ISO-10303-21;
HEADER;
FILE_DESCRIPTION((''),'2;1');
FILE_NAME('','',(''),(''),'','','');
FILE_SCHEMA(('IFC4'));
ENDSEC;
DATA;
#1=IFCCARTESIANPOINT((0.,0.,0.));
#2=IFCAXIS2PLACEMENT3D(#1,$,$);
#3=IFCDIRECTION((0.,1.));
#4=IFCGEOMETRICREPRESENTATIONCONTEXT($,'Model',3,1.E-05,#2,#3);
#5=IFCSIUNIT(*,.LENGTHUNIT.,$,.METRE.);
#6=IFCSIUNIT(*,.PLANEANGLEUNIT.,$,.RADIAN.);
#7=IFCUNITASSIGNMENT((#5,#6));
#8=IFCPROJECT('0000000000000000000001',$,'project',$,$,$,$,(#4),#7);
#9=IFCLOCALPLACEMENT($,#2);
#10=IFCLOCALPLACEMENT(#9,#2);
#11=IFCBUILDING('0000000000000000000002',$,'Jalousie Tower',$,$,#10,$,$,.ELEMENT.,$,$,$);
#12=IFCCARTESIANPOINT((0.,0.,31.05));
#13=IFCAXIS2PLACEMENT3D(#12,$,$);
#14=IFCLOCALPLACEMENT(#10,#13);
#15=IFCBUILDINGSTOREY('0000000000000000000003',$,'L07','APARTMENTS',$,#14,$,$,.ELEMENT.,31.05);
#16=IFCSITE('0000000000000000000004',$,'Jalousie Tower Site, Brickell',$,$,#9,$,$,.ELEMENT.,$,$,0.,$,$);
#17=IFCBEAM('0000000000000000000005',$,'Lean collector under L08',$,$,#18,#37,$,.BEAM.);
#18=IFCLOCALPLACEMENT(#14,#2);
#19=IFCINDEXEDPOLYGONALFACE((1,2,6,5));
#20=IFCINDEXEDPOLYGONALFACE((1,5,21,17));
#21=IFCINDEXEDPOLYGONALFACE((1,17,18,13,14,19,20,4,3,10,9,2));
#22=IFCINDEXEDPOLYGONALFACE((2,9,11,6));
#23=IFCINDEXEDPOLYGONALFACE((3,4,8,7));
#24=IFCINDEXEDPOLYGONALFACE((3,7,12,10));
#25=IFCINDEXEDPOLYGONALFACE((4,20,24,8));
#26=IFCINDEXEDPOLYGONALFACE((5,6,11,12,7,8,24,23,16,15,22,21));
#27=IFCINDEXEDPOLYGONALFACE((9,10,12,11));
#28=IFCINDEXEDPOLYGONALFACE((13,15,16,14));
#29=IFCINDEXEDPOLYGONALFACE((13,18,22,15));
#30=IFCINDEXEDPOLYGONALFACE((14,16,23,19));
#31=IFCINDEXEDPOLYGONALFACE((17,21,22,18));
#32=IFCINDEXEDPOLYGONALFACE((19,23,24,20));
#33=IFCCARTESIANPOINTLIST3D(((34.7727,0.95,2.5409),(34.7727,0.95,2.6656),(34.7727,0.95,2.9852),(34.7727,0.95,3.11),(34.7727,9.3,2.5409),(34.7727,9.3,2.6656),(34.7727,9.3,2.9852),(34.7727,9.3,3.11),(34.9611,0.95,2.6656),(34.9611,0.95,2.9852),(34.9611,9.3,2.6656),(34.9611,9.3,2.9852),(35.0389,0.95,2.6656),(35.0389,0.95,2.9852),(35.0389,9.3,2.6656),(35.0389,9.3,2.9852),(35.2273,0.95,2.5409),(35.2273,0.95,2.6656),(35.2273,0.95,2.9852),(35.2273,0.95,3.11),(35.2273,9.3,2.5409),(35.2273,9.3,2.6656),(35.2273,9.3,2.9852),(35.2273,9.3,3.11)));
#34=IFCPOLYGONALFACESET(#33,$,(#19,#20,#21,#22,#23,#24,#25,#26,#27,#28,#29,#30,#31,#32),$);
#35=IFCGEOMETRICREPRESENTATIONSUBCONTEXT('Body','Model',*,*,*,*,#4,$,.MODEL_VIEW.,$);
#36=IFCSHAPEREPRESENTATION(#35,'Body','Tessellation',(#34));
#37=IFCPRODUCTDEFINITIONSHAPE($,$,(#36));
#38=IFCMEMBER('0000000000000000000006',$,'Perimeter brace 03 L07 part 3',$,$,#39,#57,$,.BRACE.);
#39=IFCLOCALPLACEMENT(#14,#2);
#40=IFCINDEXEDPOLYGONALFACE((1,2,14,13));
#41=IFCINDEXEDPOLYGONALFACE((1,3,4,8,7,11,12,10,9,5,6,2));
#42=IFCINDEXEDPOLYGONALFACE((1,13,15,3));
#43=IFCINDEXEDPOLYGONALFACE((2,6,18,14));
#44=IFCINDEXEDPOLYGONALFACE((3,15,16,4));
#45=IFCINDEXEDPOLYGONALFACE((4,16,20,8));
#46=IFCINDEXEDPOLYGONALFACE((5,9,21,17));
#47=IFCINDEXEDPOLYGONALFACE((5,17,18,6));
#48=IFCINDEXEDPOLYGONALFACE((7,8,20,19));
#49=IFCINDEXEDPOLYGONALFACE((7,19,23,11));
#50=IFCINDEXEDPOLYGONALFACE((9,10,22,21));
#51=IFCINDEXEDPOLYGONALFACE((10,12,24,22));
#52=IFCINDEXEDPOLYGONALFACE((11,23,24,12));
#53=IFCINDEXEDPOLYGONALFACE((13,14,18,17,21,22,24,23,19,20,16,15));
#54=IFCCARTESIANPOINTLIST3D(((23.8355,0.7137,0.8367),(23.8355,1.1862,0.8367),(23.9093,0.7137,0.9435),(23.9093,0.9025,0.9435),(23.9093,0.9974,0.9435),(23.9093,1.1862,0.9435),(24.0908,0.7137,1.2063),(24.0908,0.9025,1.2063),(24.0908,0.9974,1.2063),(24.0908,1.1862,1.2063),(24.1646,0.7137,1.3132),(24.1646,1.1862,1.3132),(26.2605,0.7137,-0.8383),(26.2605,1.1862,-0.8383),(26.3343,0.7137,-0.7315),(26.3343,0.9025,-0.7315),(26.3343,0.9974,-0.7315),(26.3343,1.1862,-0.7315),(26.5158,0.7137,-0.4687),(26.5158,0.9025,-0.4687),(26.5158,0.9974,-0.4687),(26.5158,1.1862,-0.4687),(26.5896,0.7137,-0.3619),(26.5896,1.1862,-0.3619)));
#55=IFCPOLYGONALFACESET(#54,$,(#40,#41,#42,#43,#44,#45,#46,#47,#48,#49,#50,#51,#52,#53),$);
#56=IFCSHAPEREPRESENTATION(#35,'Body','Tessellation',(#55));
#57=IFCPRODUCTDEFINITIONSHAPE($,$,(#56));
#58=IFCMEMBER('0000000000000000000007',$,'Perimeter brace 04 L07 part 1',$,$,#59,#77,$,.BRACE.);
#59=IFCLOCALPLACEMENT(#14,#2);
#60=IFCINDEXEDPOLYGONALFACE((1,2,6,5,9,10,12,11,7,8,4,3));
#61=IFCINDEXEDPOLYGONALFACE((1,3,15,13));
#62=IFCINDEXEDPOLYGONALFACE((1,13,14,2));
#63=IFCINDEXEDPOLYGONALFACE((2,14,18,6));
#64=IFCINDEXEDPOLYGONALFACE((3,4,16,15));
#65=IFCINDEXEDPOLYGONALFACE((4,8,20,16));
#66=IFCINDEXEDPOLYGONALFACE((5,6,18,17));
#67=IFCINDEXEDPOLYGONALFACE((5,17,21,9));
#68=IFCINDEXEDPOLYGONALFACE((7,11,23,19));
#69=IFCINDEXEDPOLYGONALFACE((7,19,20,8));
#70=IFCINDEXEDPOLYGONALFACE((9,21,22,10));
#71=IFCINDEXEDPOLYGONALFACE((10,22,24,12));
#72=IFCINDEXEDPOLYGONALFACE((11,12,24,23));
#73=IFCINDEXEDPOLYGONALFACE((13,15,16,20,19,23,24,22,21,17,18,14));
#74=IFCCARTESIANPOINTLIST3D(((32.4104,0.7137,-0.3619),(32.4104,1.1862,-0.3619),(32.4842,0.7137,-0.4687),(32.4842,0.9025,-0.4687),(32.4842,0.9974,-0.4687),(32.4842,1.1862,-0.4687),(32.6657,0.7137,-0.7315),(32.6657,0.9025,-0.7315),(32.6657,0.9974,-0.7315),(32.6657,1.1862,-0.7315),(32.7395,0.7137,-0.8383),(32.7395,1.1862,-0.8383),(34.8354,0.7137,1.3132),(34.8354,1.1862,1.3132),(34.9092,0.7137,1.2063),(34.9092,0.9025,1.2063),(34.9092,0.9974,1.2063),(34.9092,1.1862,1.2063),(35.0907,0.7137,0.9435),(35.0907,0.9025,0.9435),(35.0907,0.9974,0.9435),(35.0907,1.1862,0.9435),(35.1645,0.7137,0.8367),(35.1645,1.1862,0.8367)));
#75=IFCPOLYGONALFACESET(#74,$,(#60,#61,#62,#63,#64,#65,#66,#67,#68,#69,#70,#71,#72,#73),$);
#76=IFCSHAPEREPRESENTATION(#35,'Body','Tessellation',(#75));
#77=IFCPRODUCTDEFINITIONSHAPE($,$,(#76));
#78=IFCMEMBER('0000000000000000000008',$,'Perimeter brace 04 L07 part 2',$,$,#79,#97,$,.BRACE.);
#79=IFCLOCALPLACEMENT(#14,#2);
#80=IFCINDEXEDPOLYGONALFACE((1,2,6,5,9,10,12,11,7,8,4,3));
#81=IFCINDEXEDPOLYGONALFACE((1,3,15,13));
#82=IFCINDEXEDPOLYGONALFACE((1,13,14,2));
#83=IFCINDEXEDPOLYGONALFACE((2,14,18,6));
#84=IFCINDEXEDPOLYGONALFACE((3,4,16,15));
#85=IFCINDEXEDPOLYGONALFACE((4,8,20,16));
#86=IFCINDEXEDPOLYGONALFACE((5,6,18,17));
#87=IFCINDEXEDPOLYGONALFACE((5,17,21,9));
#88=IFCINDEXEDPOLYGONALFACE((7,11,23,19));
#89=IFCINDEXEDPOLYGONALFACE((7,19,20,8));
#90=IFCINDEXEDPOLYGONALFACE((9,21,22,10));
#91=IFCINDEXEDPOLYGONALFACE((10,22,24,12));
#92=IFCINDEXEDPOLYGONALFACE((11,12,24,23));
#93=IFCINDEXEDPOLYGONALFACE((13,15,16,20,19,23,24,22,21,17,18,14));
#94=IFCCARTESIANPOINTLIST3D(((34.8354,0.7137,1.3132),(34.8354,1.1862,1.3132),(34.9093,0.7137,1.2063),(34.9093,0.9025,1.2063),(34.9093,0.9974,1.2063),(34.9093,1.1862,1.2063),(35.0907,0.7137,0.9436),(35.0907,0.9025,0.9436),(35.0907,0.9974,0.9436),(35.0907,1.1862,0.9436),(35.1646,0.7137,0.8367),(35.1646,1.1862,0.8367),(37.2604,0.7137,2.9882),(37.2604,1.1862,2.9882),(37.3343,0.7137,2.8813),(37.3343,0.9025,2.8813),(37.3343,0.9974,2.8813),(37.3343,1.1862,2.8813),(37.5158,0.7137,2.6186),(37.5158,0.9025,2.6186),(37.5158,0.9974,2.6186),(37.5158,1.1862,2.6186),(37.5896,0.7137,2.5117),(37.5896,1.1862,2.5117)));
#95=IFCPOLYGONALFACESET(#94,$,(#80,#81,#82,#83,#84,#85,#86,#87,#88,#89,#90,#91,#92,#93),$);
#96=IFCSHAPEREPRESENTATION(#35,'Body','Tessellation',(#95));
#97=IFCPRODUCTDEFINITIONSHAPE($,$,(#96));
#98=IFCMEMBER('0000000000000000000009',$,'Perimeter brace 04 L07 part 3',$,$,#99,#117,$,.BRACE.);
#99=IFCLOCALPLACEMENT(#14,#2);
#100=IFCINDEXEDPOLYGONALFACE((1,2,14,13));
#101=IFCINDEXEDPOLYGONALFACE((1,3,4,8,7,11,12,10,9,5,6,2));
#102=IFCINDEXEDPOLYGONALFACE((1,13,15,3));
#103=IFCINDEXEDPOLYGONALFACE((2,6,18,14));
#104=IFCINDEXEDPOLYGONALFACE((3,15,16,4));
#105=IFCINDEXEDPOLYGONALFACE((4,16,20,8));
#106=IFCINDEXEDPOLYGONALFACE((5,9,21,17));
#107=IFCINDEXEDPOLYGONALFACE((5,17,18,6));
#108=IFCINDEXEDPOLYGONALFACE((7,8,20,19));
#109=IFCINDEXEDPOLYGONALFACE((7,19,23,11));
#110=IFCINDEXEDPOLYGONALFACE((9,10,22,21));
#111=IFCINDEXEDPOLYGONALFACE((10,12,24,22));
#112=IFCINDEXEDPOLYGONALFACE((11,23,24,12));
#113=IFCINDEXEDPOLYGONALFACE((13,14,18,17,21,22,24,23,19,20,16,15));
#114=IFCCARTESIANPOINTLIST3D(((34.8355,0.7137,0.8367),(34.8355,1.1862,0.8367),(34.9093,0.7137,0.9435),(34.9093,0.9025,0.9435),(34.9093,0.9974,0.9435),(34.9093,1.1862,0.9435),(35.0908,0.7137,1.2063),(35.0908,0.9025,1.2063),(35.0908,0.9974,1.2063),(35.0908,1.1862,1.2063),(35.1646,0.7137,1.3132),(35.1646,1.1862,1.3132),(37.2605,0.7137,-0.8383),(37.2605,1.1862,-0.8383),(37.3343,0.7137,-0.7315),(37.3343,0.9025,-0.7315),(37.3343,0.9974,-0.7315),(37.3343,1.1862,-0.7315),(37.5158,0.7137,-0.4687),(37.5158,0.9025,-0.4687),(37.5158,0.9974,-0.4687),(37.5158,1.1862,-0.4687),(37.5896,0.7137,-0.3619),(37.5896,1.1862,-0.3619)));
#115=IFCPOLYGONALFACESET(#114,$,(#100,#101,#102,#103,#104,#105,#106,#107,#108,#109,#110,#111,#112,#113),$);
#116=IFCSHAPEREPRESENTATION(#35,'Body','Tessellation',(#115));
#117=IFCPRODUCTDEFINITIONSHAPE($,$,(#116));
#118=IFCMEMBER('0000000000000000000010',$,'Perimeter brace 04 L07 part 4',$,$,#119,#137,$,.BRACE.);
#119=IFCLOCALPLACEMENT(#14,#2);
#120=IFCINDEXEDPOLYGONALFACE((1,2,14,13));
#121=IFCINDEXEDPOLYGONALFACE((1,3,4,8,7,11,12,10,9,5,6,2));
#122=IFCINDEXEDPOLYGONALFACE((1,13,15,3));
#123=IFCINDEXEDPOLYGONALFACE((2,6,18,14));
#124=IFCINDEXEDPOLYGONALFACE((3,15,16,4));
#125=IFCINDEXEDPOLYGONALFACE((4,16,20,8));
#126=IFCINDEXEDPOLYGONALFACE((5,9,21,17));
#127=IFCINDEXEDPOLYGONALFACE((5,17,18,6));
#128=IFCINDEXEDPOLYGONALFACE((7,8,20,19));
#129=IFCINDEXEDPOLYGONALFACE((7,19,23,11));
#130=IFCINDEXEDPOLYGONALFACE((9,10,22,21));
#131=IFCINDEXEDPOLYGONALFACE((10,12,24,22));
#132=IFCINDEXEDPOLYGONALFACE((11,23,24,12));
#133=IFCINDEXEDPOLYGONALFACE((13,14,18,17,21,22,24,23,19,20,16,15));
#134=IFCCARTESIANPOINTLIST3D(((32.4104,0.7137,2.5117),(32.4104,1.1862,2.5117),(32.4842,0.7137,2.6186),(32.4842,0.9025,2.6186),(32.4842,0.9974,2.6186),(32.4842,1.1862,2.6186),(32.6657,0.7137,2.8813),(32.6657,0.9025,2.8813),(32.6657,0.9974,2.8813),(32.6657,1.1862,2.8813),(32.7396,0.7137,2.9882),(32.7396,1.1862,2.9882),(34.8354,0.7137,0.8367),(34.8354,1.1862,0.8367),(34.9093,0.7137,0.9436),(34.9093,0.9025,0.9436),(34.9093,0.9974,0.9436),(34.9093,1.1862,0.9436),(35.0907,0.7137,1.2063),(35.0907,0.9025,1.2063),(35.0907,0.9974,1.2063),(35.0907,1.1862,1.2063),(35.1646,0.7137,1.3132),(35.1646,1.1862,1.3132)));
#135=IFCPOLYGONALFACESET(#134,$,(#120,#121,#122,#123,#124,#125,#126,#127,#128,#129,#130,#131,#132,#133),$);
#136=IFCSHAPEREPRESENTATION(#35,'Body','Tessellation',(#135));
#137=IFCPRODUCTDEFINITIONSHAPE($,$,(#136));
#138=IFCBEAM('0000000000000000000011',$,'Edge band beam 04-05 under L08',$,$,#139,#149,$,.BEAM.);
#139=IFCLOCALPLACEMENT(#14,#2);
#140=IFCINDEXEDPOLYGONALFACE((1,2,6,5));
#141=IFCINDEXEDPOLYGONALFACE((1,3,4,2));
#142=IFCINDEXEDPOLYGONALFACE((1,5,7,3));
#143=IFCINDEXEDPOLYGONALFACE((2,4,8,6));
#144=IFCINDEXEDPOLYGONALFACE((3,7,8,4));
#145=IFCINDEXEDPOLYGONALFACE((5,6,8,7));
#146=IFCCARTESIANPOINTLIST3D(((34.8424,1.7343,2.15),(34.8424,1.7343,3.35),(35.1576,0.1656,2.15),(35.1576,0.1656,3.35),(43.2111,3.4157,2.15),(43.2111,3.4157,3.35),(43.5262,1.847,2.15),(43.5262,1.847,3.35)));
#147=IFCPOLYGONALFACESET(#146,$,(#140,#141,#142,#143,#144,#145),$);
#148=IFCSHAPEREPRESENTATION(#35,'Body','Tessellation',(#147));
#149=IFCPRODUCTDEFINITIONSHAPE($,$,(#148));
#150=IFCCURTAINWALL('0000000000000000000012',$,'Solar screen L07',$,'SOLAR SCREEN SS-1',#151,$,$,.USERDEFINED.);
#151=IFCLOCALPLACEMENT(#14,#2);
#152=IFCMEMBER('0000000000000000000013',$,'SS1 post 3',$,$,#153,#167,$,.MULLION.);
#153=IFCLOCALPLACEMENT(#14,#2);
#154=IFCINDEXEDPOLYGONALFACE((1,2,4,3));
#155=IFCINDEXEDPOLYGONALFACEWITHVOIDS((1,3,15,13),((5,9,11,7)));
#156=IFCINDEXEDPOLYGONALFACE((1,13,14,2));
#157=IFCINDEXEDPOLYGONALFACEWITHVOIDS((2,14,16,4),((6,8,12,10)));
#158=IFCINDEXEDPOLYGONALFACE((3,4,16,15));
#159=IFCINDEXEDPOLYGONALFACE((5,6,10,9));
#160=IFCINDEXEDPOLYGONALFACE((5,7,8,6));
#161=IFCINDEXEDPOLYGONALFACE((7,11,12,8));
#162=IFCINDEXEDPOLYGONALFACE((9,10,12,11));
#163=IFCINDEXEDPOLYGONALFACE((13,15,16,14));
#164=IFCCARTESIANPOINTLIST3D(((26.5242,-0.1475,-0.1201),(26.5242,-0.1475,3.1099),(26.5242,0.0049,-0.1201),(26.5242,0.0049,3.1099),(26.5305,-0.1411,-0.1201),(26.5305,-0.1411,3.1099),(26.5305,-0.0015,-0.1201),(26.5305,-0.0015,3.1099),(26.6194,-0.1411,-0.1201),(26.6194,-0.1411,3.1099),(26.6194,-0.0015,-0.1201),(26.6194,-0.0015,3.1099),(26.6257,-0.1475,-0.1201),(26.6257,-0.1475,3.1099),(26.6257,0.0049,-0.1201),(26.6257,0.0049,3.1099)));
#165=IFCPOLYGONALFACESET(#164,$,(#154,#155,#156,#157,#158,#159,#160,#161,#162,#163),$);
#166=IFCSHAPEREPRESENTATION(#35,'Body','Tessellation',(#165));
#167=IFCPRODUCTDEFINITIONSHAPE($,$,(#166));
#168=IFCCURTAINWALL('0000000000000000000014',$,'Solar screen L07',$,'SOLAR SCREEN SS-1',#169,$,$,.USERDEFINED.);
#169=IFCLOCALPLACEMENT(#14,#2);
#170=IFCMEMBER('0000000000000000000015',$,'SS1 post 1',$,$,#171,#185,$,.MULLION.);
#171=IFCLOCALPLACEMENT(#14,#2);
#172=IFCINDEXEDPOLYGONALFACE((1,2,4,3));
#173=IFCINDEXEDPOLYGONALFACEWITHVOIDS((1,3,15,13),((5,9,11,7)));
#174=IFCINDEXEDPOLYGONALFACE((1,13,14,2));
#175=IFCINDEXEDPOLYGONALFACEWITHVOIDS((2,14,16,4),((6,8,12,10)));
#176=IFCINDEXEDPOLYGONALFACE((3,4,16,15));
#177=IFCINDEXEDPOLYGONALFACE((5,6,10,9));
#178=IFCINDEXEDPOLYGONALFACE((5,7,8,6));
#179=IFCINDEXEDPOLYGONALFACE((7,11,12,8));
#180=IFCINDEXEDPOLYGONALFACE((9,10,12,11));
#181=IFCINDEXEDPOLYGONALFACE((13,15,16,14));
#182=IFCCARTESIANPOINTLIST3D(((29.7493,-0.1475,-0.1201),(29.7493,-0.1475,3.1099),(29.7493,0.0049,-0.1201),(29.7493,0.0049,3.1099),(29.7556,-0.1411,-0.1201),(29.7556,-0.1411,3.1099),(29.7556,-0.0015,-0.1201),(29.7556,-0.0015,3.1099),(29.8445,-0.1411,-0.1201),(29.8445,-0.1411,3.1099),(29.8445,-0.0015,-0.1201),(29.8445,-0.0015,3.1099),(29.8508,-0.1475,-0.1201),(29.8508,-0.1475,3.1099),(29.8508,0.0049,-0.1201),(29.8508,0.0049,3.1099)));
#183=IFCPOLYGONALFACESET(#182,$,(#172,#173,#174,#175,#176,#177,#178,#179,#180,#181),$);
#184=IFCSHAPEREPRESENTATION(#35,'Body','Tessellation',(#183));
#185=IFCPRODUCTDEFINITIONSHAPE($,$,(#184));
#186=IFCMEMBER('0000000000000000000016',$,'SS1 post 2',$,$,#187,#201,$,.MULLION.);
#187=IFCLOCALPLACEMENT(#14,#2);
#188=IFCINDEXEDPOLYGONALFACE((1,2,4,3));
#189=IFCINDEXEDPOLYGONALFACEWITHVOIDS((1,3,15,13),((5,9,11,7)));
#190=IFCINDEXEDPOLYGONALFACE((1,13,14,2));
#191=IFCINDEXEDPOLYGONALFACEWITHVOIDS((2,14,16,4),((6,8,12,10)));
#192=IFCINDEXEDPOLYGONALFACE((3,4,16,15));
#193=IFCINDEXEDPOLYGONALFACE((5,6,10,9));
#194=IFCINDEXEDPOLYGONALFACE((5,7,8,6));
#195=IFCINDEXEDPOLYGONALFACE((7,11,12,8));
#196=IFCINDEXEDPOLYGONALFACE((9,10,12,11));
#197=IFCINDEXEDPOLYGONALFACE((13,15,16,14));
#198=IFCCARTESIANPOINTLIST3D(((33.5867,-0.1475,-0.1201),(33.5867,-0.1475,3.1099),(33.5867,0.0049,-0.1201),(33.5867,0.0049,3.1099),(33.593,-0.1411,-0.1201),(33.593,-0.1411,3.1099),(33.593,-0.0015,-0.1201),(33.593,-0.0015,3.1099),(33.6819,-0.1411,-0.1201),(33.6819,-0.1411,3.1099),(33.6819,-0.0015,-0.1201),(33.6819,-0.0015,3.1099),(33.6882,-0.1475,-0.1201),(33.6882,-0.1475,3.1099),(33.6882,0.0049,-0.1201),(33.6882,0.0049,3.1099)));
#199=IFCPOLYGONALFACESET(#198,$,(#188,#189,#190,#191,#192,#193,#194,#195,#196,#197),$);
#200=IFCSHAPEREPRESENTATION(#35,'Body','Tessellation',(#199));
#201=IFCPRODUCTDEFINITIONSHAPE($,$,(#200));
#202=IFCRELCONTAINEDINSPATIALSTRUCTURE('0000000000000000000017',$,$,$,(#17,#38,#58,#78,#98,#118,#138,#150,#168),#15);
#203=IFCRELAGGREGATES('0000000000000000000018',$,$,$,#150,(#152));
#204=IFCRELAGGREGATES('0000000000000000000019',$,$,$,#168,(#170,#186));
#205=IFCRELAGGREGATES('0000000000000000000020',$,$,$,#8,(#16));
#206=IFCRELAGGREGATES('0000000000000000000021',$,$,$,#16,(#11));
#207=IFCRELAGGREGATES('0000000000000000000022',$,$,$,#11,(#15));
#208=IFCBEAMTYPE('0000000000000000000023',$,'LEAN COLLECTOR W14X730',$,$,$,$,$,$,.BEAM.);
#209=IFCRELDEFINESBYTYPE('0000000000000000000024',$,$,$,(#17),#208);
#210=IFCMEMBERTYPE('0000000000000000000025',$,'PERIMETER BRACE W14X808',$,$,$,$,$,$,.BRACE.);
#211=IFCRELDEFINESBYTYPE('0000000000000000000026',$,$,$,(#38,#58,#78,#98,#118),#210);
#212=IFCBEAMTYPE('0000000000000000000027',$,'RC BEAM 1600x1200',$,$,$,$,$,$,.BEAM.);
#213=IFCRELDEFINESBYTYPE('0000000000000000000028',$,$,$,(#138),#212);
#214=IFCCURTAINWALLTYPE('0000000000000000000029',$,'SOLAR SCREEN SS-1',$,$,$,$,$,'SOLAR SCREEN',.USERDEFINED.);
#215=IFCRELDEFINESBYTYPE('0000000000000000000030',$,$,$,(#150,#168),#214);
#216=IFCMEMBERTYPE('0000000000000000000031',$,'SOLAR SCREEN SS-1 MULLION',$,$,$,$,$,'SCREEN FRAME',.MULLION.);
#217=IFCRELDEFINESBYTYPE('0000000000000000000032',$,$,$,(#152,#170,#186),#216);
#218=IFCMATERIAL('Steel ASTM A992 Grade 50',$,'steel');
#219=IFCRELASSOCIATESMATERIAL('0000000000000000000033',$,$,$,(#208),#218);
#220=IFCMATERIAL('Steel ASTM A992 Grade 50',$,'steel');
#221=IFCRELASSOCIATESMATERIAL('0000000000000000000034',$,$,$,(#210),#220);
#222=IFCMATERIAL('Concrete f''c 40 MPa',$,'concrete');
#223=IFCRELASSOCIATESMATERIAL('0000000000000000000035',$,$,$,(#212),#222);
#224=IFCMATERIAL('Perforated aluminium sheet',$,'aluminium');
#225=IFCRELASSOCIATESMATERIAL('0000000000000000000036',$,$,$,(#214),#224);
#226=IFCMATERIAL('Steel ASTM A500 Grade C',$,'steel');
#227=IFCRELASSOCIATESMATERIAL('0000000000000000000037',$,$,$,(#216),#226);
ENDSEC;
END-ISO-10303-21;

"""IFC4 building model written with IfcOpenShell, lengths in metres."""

from ifc_helpers import new_model, si_unit, direction, frame, origin, origin_2d, place, context, subcontext, project, spatial, rectangle, hollow_rectangle, i_section, extrude, material, material_profile, profile_set, type_object, element, aggregate, save


model = new_model("IFC4")

# Units and contexts
model_context = context("Model", 3, precision=1e-05, world=origin(), true_north=direction((0.0, 1.0)))
body_context = subcontext(model_context, "Body", "Model", "MODEL_VIEW")
ifc_project = project(units=[si_unit("LENGTHUNIT", "METRE"), si_unit("PLANEANGLEUNIT", "RADIAN")], contexts=[model_context])

# Site, building, storey
site_placement = place(None, origin())
site = spatial("IfcSite", under=ifc_project, at=site_placement, Name="Jalousie Tower Site, Brickell", CompositionType="ELEMENT", RefElevation=0.0)
building_placement = place(site_placement, origin())
building = spatial("IfcBuilding", under=site, at=building_placement, Name="Jalousie Tower", CompositionType="ELEMENT")
storey_placement = place(building_placement, frame((0.0, 0.0, 31.05)))
storey = spatial("IfcBuildingStorey", under=building, at=storey_placement, Name="L07", Description="APARTMENTS", CompositionType="ELEMENT", Elevation=31.05)

# Beam
ifc_material_1 = material(Name="Steel ASTM A992 Grade 50", Category="steel")
ifc_material_profile_1 = material_profile(ifc_material_1, i_section(OverallWidth=0.4546, OverallDepth=0.5691, WebThickness=0.0779, FlangeThickness=0.1248, at=origin_2d()), Name="W14X730")
ifc_profile_set_1 = profile_set([ifc_material_profile_1], Name="Steel ASTM A992 Grade 50")
beam_type_1 = type_object("IfcBeamType", Name="LEAN COLLECTOR W14X730", PredefinedType="BEAM", material=ifc_profile_set_1)
beam_1_placement = place(storey_placement, frame((35.0, 0.95, 2.8254), z_axis=(0.0, 1.0, 0.0), x_axis=(-1.0, 0.0, 0.0)))
element("IfcBeam", 1, at=beam_1_placement, inside=storey, type_object=beam_type_1, Name="Lean collector under L08", PredefinedType="BEAM", context=body_context, shape_type="SweptSolid", body=[
    extrude(i_section(OverallWidth=0.4546, OverallDepth=0.5691, WebThickness=0.0779, FlangeThickness=0.1248, at=origin_2d()), origin(), (0.0, 0.0, 1.0), 8.3501),
])

# Members
ifc_material_2 = material(Name="Steel ASTM A992 Grade 50", Category="steel")
ifc_material_profile_2 = material_profile(ifc_material_2, i_section(OverallWidth=0.4724, OverallDepth=0.5791, WebThickness=0.095, FlangeThickness=0.1299, at=origin_2d()), Name="W14X808")
ifc_profile_set_2 = profile_set([ifc_material_profile_2], Name="Steel ASTM A992 Grade 50")
member_type_1 = type_object("IfcMemberType", Name="PERIMETER BRACE W14X808", PredefinedType="BRACE", material=ifc_profile_set_2)
for number, where, z_axis, x_axis, name in (
    (2, (26.425, 0.95, -0.6001), (-0.8228, 0.0, 0.568331), (0.0, -1.0, 0.0), "Perimeter brace 03 L07 part 3"),
    (3, (32.575, 0.95, -0.6001), (0.8228, 0.0, 0.568331), (0.0, 1.0, 0.0), "Perimeter brace 04 L07 part 1"),
    (4, (35.0, 0.95, 1.075), (0.8228, 0.0, 0.568331), (0.0, 1.0, 0.0), "Perimeter brace 04 L07 part 2"),
    (5, (37.425, 0.95, -0.6001), (-0.8228, 0.0, 0.568331), (0.0, -1.0, 0.0), "Perimeter brace 04 L07 part 3"),
    (6, (35.0, 0.95, 1.075), (-0.8228, 0.0, 0.568331), (0.0, -1.0, 0.0), "Perimeter brace 04 L07 part 4"),
):
    element("IfcMember", number, at=place(storey_placement, frame(where, z_axis=z_axis, x_axis=x_axis)), inside=storey, type_object=member_type_1, Name=name, PredefinedType="BRACE", context=body_context, shape_type="SweptSolid", body=[
        extrude(i_section(OverallWidth=0.4724, OverallDepth=0.5791, WebThickness=0.095, FlangeThickness=0.1299, at=origin_2d()), origin(), (0.0, 0.0, 1.0), 2.9473),
    ])

# Beam
ifc_material_3 = material(Name="Concrete f'c 40 MPa", Category="concrete")
ifc_material_profile_3 = material_profile(ifc_material_3, rectangle(XDim=1.6001, YDim=1.2, at=origin_2d()), Name="RC 1600x1200")
ifc_profile_set_3 = profile_set([ifc_material_profile_3], Name="Concrete f'c 40 MPa")
beam_type_2 = type_object("IfcBeamType", Name="RC BEAM 1600x1200", PredefinedType="BEAM", material=ifc_profile_set_3)
beam_2_placement = place(storey_placement, frame((35.0, 0.95, 2.75), z_axis=(0.980408, 0.19698, 0.0), x_axis=(-0.19698, 0.980408, 0.0)))
element("IfcBeam", 7, at=beam_2_placement, inside=storey, type_object=beam_type_2, Name="Edge band beam 04-05 under L08", PredefinedType="BEAM", context=body_context, shape_type="SweptSolid", body=[
    extrude(rectangle(XDim=1.6001, YDim=1.2, at=origin_2d()), origin(), (0.0, 0.0, 1.0), 8.5359),
])

# Curtain wall, member
ifc_material_4 = material(Name="Perforated aluminium sheet", Category="aluminium")
curtain_wall_type = type_object("IfcCurtainWallType", Name="SOLAR SCREEN SS-1", ElementType="SOLAR SCREEN", PredefinedType="USERDEFINED", material=ifc_material_4)
curtain_wall_1_placement = place(storey_placement, origin())
curtain_wall_1 = element("IfcCurtainWall", 8, at=curtain_wall_1_placement, inside=storey, type_object=curtain_wall_type, Name="Solar screen L07", ObjectType="SOLAR SCREEN SS-1", PredefinedType="USERDEFINED")
ifc_material_5 = material(Name="Steel ASTM A500 Grade C", Category="steel")
ifc_material_profile_4 = material_profile(ifc_material_5, hollow_rectangle(XDim=0.1016, YDim=0.1523, WallThickness=0.0063, at=origin_2d()), Name="HSS6X4X1/4")
ifc_profile_set_4 = profile_set([ifc_material_profile_4], Name="Steel ASTM A500 Grade C")
member_type_2 = type_object("IfcMemberType", Name="SOLAR SCREEN SS-1 MULLION", ElementType="SCREEN FRAME", PredefinedType="MULLION", material=ifc_profile_set_4)
member_1_placement = place(storey_placement, frame((26.575, -0.0713, -0.1201), z_axis=(0.0, 0.0, 1.0), x_axis=(1.0, 0.0, 0.0)))
member_1 = element("IfcMember", 9, at=member_1_placement, type_object=member_type_2, Name="SS1 post 3", PredefinedType="MULLION", context=body_context, shape_type="SweptSolid", body=[
    extrude(hollow_rectangle(XDim=0.1016, YDim=0.1523, WallThickness=0.0063, at=origin_2d()), origin(), (0.0, 0.0, 1.0), 3.23),
])
aggregate(curtain_wall_1, [member_1])

# Curtain wall, members
curtain_wall_2_placement = place(storey_placement, origin())
curtain_wall_2 = element("IfcCurtainWall", 10, at=curtain_wall_2_placement, inside=storey, type_object=curtain_wall_type, Name="Solar screen L07", ObjectType="SOLAR SCREEN SS-1", PredefinedType="USERDEFINED")
member_2_placement = place(storey_placement, frame((29.8, -0.0713, -0.1201), z_axis=(0.0, 0.0, 1.0), x_axis=(1.0, 0.0, 0.0)))
member_2 = element("IfcMember", 11, at=member_2_placement, type_object=member_type_2, Name="SS1 post 1", PredefinedType="MULLION", context=body_context, shape_type="SweptSolid", body=[
    extrude(hollow_rectangle(XDim=0.1016, YDim=0.1523, WallThickness=0.0063, at=origin_2d()), origin(), (0.0, 0.0, 1.0), 3.23),
])
member_3_placement = place(storey_placement, frame((33.6375, -0.0713, -0.1201), z_axis=(0.0, 0.0, 1.0), x_axis=(1.0, 0.0, 0.0)))
member_3 = element("IfcMember", 12, at=member_3_placement, type_object=member_type_2, Name="SS1 post 2", PredefinedType="MULLION", context=body_context, shape_type="SweptSolid", body=[
    extrude(hollow_rectangle(XDim=0.1016, YDim=0.1523, WallThickness=0.0063, at=origin_2d()), origin(), (0.0, 0.0, 1.0), 3.23),
])
aggregate(curtain_wall_2, [member_2, member_3])

save(model, "model.ifc")
